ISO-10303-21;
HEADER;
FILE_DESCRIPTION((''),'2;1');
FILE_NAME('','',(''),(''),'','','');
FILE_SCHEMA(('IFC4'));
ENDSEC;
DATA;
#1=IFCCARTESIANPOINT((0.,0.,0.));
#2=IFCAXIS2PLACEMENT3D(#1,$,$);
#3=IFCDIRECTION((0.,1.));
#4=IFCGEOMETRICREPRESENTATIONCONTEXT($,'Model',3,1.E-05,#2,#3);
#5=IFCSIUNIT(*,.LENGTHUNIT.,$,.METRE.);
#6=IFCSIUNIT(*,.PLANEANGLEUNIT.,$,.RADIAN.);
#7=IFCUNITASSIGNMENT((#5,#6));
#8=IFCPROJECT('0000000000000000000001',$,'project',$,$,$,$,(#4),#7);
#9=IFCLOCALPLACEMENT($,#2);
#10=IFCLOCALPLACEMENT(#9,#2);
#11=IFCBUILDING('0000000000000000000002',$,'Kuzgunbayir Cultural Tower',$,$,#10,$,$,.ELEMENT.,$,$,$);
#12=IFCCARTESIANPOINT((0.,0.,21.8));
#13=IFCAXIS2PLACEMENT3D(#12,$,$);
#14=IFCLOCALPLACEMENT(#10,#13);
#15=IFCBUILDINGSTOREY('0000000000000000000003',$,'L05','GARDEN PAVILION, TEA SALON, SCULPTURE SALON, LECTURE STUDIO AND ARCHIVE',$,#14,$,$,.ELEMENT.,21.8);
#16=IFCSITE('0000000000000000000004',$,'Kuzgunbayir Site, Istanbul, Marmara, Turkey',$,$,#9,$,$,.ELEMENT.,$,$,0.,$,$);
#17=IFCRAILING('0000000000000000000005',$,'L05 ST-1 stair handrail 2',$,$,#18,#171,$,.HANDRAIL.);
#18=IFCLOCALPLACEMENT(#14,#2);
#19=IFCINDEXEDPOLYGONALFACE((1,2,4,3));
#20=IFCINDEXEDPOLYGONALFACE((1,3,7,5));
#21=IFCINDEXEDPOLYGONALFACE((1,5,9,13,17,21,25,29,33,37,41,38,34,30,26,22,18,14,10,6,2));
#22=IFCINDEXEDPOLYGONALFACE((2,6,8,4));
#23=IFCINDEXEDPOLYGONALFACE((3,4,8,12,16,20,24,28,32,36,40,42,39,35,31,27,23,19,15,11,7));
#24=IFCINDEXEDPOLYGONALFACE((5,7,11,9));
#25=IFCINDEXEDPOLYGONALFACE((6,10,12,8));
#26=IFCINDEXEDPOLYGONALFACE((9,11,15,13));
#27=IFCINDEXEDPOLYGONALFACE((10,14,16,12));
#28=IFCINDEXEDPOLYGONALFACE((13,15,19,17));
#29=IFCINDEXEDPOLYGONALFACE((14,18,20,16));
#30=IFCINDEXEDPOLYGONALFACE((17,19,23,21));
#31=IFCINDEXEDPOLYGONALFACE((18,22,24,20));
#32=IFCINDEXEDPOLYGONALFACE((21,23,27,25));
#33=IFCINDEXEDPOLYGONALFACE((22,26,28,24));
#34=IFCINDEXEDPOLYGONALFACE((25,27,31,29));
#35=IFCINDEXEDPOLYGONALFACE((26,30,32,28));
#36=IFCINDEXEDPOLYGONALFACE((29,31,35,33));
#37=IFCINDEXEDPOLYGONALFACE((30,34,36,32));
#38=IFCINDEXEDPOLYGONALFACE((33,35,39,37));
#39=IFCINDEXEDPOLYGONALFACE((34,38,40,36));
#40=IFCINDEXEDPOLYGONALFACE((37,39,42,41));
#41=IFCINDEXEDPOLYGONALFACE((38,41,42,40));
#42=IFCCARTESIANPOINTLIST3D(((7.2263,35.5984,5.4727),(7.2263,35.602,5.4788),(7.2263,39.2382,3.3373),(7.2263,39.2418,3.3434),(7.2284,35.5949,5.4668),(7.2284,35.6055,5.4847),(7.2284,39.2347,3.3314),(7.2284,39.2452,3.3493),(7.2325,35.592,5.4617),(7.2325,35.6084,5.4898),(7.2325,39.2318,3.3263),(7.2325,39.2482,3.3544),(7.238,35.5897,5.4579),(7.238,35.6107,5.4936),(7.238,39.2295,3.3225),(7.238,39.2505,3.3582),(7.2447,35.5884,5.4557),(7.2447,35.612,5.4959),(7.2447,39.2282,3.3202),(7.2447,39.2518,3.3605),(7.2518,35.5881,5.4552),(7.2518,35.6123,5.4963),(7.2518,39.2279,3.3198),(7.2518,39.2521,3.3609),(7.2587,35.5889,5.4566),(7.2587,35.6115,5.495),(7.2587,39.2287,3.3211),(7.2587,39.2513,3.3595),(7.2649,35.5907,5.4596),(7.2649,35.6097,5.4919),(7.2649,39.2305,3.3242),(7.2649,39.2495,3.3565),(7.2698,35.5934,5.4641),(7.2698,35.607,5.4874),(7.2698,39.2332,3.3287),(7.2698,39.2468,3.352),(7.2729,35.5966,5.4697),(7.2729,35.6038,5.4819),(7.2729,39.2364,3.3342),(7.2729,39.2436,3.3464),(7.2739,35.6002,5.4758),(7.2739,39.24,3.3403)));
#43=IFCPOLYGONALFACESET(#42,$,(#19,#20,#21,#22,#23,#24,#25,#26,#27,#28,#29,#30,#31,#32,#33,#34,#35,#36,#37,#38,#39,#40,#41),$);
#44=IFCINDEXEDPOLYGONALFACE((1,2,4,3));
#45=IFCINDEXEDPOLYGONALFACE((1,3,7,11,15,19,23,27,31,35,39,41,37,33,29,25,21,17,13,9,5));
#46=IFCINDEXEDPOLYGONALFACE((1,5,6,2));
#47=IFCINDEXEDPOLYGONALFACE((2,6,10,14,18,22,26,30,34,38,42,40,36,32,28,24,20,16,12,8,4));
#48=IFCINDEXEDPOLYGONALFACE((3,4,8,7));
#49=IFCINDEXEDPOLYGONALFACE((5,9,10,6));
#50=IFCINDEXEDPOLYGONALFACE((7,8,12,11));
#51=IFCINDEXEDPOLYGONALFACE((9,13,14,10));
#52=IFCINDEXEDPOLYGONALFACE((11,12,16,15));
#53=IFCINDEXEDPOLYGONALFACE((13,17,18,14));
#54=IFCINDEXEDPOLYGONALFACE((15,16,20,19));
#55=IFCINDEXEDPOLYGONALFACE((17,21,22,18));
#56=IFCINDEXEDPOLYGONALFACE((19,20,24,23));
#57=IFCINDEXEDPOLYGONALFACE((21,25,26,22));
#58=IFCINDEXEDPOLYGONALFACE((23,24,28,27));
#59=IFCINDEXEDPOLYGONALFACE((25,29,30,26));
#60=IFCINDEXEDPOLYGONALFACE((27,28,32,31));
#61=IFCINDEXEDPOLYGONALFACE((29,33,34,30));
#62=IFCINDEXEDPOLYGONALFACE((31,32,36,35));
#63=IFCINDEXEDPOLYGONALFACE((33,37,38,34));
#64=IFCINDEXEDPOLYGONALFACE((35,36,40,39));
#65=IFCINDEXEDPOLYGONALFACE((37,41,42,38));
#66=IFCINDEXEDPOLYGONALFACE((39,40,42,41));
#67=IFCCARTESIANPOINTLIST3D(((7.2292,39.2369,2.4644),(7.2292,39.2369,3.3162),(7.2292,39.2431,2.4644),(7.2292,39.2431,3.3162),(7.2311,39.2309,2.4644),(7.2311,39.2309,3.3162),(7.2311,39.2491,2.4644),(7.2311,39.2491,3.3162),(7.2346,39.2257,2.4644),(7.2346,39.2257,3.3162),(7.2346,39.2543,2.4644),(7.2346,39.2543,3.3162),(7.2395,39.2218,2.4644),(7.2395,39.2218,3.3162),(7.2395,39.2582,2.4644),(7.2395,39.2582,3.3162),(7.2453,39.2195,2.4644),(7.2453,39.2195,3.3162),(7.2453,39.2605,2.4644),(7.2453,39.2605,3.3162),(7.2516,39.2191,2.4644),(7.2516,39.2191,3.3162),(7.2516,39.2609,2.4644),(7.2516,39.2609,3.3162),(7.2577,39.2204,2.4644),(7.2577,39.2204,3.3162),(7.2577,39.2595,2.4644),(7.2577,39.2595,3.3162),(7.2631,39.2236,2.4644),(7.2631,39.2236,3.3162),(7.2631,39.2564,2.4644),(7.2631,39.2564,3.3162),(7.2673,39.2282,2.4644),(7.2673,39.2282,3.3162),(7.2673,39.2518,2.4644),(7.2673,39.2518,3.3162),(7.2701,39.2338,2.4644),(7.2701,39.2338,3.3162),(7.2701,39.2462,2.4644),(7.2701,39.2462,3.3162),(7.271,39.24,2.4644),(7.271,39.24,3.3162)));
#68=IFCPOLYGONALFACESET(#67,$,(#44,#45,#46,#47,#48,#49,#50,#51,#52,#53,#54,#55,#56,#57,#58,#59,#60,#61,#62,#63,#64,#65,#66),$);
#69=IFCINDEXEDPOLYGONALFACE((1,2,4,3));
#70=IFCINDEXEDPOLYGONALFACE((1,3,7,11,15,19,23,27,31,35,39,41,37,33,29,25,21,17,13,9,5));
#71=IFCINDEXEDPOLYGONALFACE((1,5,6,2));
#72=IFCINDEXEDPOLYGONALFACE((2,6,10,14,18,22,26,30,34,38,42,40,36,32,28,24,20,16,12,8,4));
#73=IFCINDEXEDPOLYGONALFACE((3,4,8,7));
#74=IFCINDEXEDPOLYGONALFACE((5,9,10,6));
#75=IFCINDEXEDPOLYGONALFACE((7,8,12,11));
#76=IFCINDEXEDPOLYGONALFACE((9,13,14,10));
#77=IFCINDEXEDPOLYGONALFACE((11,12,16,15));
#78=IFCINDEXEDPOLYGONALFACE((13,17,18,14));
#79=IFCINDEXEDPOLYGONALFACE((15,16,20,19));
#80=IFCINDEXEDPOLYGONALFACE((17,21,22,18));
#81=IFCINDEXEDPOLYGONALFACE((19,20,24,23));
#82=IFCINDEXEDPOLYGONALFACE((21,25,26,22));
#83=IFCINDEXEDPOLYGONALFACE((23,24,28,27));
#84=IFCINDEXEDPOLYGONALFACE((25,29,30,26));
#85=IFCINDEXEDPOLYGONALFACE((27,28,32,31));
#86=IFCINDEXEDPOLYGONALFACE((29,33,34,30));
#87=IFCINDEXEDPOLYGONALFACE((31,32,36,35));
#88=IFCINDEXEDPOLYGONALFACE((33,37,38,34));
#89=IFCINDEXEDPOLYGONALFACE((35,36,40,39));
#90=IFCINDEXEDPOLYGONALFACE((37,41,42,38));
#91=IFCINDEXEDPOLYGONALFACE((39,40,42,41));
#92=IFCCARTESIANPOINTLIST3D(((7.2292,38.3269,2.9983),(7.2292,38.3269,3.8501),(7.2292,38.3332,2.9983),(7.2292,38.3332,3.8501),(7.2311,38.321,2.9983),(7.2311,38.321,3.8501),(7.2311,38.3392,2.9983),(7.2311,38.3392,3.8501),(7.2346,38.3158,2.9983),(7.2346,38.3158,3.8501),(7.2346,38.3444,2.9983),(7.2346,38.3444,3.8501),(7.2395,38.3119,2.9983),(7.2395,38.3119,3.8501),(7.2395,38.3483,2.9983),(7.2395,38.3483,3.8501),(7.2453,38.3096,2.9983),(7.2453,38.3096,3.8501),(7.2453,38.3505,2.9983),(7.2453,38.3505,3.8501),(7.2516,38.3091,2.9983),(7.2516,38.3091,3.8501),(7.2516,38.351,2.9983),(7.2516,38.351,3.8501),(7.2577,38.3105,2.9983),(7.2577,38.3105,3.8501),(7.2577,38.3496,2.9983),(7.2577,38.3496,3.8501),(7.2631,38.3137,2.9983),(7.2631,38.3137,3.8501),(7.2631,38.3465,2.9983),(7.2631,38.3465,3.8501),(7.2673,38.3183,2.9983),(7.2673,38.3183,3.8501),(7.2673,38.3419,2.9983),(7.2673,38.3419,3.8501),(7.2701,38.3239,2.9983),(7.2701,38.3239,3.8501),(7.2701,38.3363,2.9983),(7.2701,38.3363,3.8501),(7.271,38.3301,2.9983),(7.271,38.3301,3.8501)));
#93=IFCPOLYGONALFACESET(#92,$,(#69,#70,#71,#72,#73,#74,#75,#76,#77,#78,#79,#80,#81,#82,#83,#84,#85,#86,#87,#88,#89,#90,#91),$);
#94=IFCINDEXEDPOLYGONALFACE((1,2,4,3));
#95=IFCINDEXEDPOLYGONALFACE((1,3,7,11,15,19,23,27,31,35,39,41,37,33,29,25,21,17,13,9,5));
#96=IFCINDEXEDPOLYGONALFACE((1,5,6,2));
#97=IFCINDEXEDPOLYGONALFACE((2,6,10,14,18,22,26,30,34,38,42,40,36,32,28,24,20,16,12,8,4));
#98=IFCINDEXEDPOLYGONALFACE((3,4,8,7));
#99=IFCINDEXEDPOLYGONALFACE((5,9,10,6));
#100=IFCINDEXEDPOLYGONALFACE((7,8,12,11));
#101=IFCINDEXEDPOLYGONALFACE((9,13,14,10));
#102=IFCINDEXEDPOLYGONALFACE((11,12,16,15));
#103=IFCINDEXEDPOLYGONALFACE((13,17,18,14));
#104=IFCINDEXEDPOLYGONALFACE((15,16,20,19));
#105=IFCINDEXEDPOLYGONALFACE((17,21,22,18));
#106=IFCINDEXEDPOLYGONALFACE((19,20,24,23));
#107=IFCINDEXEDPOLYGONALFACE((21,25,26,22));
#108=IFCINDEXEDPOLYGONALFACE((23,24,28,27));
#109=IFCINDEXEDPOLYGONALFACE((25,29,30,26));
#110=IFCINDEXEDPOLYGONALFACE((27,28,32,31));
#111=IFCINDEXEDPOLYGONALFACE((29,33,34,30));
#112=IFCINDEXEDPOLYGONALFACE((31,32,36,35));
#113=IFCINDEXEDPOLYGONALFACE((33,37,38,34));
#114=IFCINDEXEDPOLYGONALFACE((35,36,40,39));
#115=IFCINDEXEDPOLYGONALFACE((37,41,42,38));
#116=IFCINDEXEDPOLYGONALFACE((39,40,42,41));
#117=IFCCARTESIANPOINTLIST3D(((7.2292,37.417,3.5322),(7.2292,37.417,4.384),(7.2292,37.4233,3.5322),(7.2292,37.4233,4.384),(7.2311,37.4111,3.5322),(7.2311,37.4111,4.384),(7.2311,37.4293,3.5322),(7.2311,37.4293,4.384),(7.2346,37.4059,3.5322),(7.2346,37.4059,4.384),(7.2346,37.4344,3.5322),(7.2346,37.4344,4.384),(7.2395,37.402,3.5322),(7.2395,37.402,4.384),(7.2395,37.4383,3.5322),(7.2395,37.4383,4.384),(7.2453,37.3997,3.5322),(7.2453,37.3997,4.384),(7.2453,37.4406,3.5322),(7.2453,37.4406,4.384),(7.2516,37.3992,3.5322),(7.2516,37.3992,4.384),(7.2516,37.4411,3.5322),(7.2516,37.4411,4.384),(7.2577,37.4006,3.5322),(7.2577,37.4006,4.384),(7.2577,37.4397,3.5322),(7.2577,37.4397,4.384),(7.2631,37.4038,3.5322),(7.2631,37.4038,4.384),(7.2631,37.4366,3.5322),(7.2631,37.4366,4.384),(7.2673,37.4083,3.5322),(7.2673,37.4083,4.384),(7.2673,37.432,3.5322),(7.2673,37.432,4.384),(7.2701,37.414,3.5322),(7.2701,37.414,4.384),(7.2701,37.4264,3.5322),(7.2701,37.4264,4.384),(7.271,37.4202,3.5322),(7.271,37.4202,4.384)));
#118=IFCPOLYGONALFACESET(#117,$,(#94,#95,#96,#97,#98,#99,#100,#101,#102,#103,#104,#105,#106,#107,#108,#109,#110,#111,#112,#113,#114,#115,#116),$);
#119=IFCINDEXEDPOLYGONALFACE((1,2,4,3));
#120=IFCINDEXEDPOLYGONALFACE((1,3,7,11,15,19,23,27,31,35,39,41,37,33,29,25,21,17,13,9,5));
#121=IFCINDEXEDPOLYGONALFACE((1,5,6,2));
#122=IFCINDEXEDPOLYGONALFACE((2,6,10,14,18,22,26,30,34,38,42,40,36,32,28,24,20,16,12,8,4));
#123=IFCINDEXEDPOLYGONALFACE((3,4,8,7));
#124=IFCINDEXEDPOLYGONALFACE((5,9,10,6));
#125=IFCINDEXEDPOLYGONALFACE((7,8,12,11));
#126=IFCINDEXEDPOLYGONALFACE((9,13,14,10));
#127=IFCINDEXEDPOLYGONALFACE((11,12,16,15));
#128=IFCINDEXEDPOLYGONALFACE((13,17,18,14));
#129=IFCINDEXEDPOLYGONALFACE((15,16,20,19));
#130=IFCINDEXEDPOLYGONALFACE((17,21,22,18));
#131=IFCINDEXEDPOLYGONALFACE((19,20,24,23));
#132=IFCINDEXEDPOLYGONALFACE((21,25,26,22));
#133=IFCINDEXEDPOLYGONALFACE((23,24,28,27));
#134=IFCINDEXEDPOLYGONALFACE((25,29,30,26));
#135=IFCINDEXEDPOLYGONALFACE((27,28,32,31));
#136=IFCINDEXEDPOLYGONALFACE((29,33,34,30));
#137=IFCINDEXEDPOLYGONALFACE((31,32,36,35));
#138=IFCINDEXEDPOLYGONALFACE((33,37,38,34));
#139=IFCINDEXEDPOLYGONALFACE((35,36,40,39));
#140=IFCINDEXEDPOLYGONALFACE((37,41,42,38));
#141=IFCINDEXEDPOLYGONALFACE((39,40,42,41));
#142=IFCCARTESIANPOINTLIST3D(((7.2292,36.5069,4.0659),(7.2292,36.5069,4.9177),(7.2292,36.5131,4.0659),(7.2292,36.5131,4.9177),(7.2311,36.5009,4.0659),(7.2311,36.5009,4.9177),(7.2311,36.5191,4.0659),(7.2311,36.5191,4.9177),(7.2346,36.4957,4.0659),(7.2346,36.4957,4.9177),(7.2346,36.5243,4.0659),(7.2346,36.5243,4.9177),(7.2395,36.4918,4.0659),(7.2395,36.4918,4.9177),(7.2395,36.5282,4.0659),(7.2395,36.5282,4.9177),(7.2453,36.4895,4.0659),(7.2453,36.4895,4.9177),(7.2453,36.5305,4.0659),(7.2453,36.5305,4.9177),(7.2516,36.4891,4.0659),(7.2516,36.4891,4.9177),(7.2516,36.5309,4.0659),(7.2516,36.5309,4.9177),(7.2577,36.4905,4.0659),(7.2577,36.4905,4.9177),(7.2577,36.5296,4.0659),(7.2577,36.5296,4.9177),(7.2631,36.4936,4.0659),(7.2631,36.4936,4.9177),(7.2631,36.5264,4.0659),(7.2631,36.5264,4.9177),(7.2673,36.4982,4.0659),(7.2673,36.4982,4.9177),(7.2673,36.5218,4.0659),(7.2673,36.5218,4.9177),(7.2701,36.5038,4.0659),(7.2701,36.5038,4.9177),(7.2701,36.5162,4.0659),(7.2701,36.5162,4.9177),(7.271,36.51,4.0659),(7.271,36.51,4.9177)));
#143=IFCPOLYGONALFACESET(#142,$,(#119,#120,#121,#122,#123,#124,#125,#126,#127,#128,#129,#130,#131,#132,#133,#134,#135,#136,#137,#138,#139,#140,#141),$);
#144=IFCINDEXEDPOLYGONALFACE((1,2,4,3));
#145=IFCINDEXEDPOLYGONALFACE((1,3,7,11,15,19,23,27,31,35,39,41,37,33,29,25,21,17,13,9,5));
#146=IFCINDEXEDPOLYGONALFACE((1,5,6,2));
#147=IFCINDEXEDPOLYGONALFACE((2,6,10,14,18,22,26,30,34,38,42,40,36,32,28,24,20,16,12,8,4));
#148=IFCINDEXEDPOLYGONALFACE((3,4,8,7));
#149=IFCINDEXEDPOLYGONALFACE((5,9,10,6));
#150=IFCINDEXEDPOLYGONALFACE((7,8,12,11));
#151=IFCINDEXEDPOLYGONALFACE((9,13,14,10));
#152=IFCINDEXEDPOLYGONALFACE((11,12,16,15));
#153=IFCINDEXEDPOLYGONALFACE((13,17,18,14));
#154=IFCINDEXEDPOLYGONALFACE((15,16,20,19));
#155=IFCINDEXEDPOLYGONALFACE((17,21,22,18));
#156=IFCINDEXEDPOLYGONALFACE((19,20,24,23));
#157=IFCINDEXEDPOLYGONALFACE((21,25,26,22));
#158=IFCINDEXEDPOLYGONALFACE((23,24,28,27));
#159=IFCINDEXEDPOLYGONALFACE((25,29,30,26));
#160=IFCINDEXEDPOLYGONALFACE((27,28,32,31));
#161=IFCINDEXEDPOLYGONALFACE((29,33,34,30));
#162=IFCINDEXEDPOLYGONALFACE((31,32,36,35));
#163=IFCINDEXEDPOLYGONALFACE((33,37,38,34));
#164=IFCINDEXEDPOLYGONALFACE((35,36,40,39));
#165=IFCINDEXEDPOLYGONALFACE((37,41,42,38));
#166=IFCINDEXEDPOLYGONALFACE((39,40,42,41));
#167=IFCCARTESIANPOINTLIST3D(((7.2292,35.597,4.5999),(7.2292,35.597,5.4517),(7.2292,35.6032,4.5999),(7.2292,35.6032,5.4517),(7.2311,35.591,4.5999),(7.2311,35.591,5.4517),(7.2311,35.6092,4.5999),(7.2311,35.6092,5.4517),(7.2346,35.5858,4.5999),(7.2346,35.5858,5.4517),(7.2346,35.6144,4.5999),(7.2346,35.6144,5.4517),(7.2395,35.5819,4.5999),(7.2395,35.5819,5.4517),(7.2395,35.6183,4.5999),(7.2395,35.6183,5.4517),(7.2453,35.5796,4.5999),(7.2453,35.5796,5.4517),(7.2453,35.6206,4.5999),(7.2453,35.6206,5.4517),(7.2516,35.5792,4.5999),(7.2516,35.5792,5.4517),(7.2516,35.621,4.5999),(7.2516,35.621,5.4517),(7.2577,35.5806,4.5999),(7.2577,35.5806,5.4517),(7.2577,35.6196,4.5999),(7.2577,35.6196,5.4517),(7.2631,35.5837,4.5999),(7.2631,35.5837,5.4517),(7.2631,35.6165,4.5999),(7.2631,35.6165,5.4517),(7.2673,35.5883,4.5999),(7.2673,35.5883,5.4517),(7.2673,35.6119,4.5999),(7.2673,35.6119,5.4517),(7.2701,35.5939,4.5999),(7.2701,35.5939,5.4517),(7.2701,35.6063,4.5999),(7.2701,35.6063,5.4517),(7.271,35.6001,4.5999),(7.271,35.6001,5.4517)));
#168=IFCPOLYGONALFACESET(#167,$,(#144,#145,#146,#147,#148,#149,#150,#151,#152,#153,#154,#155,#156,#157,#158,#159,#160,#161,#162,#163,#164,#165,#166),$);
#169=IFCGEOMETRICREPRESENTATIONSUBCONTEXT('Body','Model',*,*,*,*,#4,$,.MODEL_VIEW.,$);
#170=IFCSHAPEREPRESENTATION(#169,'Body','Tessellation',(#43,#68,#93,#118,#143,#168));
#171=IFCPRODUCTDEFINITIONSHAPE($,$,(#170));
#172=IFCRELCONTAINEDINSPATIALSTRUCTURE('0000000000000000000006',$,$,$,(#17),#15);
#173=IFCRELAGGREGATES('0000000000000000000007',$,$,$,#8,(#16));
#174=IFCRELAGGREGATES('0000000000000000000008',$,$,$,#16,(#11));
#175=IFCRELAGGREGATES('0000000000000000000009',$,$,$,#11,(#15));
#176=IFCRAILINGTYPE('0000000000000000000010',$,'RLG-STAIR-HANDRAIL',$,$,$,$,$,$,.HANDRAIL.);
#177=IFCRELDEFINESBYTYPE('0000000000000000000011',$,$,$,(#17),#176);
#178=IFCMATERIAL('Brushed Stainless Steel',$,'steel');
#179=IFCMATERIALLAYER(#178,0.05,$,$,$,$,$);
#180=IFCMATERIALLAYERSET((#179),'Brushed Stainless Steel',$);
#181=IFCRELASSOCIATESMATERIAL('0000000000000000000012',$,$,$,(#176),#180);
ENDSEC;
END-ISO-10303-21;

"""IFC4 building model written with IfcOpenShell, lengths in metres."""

from ifc_helpers import new_model, si_unit, direction, frame, origin, origin_2d, place, context, subcontext, project, spatial, circle, extrude, material, layer, layer_set, type_object, element, save


model = new_model("IFC4")

# Units and contexts
model_context = context("Model", 3, precision=1e-05, world=origin(), true_north=direction((0.0, 1.0)))
body_context = subcontext(model_context, "Body", "Model", "MODEL_VIEW")
ifc_project = project(units=[si_unit("LENGTHUNIT", "METRE"), si_unit("PLANEANGLEUNIT", "RADIAN")], contexts=[model_context])

# Site, building, storey
site_placement = place(None, origin())
site = spatial("IfcSite", under=ifc_project, at=site_placement, Name="Kuzgunbayir Site, Istanbul, Marmara, Turkey", CompositionType="ELEMENT", RefElevation=0.0)
building_placement = place(site_placement, origin())
building = spatial("IfcBuilding", under=site, at=building_placement, Name="Kuzgunbayir Cultural Tower", CompositionType="ELEMENT")
storey_placement = place(building_placement, frame((0.0, 0.0, 21.8)))
storey = spatial("IfcBuildingStorey", under=building, at=storey_placement, Name="L05", Description="GARDEN PAVILION, TEA SALON, SCULPTURE SALON, LECTURE STUDIO AND ARCHIVE", CompositionType="ELEMENT", Elevation=21.8)

# Shared definitions
ifc_material_1 = material(Name="Brushed Stainless Steel", Category="steel")

# Railing
ifc_layer_1 = layer(ifc_material_1, 0.05)
ifc_layer_set_1 = layer_set([ifc_layer_1], Name="Brushed Stainless Steel")
railing_type_1 = type_object("IfcRailingType", Name="RLG-STAIR-HANDRAIL", PredefinedType="HANDRAIL", material=ifc_layer_set_1)
railing_1_placement = place(storey_placement, frame((7.25, 39.24, 2.4644)))
element("IfcRailing", 1, at=railing_1_placement, inside=storey, type_object=railing_type_1, Name="L05 ST-1 stair handrail 2", PredefinedType="HANDRAIL", context=body_context, shape_type="SweptSolid", body=[
    extrude(circle(Radius=0.0239, at=origin_2d()), frame((0.0, 0.0, 0.876), z_axis=(0.0, -0.862515, 0.506031), x_axis=(1.0, 0.0, 0.0)), (0.0, 0.0, 1.0), 4.22),
    extrude(circle(Radius=0.021, at=origin_2d()), origin(), (0.0, 0.0, 1.0), 0.8518),
    extrude(circle(Radius=0.021, at=origin_2d()), frame((0.0, -0.9099, 0.5339)), (0.0, 0.0, 1.0), 0.8518),
    extrude(circle(Radius=0.021, at=origin_2d()), frame((0.0, -1.8198, 1.0679)), (0.0, 0.0, 1.0), 0.8518),
    extrude(circle(Radius=0.021, at=origin_2d()), frame((0.0, -2.73, 1.6016)), (0.0, 0.0, 1.0), 0.8518),
    extrude(circle(Radius=0.021, at=origin_2d()), frame((0.0, -3.6399, 2.1355)), (0.0, 0.0, 1.0), 0.8518),
])

save(model, "model.ifc")
